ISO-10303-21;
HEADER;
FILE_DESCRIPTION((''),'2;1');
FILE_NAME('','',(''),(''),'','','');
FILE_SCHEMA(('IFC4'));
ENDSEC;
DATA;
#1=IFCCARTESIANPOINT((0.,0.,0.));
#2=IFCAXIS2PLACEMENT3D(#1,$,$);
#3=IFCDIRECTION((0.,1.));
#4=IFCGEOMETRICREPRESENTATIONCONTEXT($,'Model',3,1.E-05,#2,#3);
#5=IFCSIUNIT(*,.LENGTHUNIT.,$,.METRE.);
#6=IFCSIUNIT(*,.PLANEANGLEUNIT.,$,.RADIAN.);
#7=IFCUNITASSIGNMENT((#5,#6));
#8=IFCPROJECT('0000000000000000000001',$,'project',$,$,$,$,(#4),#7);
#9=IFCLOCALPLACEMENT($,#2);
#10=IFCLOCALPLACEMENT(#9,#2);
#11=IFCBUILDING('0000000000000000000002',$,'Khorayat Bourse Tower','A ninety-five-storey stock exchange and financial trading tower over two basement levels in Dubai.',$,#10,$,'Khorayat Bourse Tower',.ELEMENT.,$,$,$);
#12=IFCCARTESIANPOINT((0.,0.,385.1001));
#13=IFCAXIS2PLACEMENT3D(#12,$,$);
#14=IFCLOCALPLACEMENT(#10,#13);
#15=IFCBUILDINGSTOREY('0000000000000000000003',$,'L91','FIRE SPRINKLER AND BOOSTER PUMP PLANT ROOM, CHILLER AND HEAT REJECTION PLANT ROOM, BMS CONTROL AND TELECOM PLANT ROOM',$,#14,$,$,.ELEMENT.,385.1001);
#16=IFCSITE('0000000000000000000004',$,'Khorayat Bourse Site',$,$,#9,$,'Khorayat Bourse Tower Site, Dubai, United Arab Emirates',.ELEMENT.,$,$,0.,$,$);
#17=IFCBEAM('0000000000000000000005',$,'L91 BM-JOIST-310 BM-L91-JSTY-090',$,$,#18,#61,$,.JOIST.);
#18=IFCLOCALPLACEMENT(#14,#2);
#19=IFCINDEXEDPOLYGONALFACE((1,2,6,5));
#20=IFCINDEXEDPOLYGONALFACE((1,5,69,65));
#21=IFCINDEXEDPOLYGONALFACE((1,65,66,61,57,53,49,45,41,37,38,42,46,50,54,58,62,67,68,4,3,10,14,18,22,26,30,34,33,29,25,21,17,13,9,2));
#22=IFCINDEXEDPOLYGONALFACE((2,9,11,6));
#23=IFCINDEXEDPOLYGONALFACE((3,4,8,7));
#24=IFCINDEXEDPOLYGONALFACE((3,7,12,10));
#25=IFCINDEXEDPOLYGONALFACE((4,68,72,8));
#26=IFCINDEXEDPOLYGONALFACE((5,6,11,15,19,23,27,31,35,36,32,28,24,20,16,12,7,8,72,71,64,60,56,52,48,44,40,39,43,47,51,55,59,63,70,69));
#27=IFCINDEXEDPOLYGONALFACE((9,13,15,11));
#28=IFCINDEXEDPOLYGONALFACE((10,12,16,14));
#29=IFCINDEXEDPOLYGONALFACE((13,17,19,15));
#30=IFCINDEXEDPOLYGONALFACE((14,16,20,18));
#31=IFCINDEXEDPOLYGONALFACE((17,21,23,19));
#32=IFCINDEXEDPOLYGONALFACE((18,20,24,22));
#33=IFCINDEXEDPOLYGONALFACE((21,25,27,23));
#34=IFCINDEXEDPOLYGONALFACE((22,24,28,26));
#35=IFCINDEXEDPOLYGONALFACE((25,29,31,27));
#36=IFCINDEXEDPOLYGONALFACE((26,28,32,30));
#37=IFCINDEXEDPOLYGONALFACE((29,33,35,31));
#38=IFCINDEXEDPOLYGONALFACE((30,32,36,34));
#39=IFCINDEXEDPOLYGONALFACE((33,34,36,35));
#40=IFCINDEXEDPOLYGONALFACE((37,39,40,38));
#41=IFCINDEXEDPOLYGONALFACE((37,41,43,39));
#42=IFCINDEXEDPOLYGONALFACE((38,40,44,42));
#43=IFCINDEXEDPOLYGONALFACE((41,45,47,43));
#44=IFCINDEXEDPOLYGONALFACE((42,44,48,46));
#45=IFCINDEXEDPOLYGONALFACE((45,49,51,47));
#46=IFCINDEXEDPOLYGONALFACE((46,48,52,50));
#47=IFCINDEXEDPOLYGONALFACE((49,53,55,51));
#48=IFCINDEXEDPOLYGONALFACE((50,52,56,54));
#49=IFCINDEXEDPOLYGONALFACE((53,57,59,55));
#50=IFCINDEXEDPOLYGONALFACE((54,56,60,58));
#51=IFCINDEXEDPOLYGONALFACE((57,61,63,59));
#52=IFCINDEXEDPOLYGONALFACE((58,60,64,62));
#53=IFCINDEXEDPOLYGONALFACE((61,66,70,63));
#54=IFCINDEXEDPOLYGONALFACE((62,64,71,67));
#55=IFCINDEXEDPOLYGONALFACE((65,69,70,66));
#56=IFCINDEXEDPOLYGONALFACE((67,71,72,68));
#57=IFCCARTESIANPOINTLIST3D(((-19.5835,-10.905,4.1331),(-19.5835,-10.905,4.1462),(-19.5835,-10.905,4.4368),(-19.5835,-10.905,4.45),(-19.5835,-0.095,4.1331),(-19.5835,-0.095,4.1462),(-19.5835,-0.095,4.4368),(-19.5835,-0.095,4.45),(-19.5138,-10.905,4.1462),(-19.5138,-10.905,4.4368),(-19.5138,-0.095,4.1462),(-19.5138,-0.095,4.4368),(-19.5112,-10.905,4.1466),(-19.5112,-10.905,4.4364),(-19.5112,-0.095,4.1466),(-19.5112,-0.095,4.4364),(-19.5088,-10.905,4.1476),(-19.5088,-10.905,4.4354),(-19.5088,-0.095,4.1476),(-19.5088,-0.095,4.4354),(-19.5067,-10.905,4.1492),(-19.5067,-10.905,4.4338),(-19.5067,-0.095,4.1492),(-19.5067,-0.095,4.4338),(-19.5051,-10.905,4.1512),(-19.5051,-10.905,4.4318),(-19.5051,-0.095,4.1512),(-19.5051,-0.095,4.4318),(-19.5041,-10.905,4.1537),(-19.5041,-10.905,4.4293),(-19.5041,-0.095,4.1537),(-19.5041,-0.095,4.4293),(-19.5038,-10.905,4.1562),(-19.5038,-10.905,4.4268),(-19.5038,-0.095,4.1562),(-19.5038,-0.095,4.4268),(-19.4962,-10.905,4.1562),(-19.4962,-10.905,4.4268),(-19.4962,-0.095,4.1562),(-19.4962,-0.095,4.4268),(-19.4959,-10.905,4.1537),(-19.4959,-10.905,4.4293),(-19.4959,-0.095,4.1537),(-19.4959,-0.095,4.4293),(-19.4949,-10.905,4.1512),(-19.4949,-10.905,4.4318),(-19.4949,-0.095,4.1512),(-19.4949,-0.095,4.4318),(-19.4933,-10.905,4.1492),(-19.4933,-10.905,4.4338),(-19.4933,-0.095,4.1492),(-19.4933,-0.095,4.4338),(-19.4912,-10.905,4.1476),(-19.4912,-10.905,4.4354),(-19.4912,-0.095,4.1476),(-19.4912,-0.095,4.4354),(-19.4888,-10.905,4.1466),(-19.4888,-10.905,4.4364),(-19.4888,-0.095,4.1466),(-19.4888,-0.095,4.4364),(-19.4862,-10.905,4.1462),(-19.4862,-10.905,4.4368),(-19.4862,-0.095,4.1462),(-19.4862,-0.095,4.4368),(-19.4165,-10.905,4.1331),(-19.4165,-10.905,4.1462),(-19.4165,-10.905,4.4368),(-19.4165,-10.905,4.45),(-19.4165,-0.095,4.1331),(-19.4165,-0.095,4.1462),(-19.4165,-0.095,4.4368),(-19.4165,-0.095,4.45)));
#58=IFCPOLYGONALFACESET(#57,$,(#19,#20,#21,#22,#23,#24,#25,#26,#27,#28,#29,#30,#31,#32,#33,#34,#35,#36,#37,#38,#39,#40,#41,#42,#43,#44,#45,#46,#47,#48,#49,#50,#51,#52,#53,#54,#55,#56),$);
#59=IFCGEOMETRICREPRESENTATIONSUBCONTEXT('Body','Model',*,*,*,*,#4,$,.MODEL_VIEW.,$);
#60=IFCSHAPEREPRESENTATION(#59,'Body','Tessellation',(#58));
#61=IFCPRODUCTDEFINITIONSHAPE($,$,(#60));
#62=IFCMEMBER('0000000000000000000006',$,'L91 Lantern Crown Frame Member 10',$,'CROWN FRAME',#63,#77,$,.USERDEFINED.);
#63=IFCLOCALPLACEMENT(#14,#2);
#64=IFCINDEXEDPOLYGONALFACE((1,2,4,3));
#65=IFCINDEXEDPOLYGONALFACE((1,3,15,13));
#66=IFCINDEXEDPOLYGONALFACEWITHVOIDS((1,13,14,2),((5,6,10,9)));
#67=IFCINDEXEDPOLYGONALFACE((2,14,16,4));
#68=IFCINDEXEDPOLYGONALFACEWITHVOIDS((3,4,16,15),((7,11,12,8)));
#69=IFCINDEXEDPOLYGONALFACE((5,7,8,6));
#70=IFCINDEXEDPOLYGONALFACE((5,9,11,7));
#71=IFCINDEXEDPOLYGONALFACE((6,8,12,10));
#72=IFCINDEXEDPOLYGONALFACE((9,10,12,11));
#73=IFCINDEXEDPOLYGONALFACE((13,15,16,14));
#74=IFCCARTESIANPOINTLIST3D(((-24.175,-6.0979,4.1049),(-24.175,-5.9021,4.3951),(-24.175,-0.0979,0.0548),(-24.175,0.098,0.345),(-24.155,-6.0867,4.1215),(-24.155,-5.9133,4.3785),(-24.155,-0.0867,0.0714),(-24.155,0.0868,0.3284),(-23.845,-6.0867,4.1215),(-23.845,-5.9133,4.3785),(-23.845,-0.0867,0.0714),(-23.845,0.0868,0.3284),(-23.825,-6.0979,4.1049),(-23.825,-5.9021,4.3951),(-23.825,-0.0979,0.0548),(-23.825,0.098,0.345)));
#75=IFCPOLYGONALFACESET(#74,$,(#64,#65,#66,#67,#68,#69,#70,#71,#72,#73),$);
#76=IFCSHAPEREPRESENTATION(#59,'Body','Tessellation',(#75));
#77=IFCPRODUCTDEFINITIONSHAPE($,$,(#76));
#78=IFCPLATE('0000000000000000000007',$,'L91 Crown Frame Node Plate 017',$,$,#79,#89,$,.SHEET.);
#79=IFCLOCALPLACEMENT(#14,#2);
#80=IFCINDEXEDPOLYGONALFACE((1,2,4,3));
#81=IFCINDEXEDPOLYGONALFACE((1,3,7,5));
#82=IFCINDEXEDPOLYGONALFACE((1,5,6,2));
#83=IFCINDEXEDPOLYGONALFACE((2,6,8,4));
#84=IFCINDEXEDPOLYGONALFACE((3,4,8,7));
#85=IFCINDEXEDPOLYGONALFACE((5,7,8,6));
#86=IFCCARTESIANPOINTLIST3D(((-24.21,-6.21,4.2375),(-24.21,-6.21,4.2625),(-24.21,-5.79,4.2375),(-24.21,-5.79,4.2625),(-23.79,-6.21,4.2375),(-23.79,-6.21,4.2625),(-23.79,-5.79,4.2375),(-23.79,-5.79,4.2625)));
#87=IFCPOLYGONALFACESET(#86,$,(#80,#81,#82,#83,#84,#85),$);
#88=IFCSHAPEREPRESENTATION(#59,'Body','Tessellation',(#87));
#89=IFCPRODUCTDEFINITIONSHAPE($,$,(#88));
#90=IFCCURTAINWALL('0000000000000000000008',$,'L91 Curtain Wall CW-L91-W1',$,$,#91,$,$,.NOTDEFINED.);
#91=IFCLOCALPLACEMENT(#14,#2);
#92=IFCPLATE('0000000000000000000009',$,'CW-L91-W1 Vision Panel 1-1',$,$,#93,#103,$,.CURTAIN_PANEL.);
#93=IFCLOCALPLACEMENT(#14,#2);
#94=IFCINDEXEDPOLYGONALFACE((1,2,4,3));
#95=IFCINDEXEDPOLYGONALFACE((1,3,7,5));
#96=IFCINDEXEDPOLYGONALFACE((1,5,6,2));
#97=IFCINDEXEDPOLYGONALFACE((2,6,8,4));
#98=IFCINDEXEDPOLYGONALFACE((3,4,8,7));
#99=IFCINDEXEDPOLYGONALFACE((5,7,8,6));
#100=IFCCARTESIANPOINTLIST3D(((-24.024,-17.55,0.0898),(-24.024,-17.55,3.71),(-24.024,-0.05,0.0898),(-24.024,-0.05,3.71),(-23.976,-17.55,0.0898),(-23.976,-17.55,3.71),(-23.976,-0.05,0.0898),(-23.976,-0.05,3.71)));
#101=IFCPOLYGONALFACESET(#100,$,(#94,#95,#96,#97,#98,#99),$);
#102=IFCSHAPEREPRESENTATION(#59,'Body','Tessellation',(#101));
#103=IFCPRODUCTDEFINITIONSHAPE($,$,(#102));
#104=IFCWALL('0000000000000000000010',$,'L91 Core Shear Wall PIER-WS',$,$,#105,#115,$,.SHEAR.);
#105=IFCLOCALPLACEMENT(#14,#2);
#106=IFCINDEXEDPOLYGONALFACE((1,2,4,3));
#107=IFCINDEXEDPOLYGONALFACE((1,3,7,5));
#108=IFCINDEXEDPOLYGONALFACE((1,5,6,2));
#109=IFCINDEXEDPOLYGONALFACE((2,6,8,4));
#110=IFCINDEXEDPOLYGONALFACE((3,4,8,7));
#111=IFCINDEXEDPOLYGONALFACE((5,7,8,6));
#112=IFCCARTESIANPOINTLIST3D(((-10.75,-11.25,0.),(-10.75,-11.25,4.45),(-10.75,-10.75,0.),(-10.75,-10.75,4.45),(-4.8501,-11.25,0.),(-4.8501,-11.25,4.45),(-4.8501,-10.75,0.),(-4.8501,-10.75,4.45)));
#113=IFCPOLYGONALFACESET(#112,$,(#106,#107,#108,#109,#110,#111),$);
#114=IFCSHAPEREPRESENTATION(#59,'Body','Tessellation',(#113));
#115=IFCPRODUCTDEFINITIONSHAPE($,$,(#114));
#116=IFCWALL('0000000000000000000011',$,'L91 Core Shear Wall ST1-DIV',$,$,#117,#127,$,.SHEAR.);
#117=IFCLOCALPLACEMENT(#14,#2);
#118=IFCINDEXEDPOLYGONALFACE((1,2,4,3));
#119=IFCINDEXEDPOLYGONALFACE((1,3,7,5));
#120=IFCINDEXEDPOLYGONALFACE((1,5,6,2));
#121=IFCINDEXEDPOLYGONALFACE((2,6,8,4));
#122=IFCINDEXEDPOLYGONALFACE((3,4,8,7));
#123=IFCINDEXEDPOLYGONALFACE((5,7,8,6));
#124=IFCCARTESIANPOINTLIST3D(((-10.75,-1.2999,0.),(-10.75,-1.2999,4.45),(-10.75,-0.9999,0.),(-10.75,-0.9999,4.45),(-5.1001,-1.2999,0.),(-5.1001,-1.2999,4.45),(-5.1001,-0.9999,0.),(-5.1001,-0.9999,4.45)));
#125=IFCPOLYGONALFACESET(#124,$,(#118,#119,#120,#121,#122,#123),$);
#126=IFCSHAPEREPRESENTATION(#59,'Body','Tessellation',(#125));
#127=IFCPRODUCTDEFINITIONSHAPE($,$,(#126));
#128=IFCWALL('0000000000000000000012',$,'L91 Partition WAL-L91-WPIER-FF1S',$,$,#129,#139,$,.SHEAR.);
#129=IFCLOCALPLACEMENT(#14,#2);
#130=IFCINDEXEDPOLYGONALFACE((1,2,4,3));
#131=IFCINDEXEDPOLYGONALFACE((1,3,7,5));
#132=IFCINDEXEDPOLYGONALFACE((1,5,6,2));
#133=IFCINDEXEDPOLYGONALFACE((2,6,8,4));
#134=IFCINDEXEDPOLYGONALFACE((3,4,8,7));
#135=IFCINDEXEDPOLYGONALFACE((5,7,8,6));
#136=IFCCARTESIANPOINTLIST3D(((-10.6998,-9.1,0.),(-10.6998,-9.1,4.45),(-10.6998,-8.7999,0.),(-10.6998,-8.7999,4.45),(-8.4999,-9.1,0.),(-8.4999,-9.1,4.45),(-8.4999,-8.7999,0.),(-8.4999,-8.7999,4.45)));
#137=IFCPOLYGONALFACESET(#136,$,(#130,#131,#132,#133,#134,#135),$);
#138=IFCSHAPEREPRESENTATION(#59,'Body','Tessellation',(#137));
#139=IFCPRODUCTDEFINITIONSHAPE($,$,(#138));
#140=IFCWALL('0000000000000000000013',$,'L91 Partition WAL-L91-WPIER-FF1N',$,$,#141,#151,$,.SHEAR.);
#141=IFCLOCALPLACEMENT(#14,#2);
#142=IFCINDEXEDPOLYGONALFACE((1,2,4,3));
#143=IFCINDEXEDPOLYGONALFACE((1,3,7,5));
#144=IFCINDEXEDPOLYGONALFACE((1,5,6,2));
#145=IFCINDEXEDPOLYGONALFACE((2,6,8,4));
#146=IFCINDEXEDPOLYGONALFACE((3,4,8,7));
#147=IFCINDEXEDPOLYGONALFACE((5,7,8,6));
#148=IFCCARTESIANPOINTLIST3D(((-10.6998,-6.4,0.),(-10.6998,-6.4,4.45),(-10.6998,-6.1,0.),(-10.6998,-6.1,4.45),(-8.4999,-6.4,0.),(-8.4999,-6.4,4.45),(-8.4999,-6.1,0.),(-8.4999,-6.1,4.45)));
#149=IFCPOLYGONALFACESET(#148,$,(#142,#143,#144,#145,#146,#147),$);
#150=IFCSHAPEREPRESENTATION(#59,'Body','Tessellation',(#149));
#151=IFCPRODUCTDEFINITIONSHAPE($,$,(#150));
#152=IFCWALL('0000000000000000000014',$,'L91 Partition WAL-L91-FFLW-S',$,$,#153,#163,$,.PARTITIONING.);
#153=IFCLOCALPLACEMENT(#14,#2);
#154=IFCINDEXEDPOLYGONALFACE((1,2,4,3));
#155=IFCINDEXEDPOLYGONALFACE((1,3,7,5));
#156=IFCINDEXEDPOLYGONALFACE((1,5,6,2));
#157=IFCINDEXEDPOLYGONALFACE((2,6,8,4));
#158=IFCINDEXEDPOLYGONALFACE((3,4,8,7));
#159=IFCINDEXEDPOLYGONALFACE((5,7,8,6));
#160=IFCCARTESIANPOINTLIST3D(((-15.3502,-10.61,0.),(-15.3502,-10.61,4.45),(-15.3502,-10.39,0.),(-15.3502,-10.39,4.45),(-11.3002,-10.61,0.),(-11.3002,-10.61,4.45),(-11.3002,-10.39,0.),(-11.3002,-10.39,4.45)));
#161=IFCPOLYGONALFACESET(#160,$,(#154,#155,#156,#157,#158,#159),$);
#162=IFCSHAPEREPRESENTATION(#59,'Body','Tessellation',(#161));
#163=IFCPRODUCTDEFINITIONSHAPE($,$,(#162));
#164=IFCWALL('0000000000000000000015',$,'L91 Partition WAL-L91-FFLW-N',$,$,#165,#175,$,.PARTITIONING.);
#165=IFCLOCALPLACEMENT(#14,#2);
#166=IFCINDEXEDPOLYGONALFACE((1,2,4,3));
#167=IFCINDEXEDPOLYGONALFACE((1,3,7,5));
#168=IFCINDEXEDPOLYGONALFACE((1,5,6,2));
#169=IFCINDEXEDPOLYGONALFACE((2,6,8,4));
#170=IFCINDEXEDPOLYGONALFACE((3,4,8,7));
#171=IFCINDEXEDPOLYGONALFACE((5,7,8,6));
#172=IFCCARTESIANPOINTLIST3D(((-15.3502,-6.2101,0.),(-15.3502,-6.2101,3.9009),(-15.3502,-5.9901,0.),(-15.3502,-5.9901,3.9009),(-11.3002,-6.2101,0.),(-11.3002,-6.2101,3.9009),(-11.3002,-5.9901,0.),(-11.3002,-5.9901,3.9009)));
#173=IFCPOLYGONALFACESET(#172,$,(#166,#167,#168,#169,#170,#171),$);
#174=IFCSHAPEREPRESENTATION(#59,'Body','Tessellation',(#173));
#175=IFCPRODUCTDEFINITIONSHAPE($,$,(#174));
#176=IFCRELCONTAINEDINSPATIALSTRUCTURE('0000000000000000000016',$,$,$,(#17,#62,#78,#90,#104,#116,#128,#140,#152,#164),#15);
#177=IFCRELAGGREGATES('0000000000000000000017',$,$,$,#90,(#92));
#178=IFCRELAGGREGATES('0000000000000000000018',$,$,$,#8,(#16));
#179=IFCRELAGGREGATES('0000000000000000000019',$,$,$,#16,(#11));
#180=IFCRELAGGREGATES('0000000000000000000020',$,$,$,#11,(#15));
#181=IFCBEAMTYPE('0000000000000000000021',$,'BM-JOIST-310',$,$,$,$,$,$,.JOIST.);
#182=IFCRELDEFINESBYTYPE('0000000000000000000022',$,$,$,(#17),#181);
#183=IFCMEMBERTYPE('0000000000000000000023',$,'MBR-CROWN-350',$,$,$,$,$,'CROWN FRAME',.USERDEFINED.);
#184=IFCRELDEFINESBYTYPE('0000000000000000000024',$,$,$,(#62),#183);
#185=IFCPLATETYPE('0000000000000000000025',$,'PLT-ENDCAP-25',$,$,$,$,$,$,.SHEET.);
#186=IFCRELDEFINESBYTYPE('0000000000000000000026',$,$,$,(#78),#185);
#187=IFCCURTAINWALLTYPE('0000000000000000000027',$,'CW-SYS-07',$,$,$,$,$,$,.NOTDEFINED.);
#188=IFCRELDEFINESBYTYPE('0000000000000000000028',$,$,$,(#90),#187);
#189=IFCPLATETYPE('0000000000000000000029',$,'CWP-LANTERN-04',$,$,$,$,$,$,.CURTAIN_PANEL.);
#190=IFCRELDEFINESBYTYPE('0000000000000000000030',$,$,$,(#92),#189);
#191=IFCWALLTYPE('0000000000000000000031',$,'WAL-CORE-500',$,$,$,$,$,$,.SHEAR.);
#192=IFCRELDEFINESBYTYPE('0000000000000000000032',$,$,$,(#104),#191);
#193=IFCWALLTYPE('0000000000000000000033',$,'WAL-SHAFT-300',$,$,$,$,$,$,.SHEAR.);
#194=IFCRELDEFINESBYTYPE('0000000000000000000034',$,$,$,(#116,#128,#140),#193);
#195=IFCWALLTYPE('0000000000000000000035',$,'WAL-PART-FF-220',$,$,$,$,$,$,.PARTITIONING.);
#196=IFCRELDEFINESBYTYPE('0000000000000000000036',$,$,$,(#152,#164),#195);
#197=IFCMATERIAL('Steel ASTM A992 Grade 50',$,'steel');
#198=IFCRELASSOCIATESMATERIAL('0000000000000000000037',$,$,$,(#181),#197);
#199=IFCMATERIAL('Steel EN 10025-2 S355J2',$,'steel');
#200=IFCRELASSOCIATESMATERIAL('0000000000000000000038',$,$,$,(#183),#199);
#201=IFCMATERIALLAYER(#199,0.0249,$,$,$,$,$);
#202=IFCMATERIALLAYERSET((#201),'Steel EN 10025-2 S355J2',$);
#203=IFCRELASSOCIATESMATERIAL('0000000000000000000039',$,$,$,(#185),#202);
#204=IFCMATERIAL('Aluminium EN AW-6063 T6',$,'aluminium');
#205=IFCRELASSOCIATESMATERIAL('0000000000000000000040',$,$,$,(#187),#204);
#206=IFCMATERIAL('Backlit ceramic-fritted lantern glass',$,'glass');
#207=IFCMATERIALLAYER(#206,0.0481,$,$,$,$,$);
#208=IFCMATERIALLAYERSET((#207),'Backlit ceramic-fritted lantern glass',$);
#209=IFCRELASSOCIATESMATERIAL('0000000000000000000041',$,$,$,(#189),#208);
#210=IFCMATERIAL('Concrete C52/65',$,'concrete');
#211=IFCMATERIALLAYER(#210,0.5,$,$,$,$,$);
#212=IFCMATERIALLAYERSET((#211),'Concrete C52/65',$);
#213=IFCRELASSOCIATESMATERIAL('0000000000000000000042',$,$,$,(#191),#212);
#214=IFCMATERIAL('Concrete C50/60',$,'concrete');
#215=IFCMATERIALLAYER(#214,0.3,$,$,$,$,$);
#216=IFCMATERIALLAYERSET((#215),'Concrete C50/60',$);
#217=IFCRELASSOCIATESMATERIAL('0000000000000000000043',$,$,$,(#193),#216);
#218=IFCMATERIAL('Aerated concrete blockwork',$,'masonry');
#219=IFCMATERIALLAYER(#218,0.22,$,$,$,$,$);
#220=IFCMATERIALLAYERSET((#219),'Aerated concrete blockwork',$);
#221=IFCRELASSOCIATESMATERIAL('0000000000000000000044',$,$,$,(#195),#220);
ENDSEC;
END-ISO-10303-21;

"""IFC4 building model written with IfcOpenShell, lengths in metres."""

from ifc_helpers import new_model, si_unit, direction, frame, frame_2d, origin, origin_2d, place, context, subcontext, project, spatial, rectangle, hollow_rectangle, i_section, extrude, source, transform, mapped, material, layer, layer_set, material_profile, profile_set, type_object, element, aggregate, save


model = new_model("IFC4")

# Units and contexts
model_context = context("Model", 3, precision=1e-05, world=origin(), true_north=direction((0.0, 1.0)))
body_context = subcontext(model_context, "Body", "Model", "MODEL_VIEW")
ifc_project = project(units=[si_unit("LENGTHUNIT", "METRE"), si_unit("PLANEANGLEUNIT", "RADIAN")], contexts=[model_context])

# Site, building, storey
site_placement = place(None, origin())
site = spatial("IfcSite", under=ifc_project, at=site_placement, Name="Khorayat Bourse Site", LongName="Khorayat Bourse Tower Site, Dubai, United Arab Emirates", CompositionType="ELEMENT", RefElevation=0.0)
building_placement = place(site_placement, origin())
building = spatial("IfcBuilding", under=site, at=building_placement, Name="Khorayat Bourse Tower", Description="A ninety-five-storey stock exchange and financial trading tower over two basement levels in Dubai.", LongName="Khorayat Bourse Tower", CompositionType="ELEMENT")
storey_placement = place(building_placement, frame((0.0, 0.0, 385.1001)))
storey = spatial("IfcBuildingStorey", under=building, at=storey_placement, Name="L91", Description="FIRE SPRINKLER AND BOOSTER PUMP PLANT ROOM, CHILLER AND HEAT REJECTION PLANT ROOM, BMS CONTROL AND TELECOM PLANT ROOM", CompositionType="ELEMENT", Elevation=385.1001)

# Shared definitions
ifc_material_1 = material(Name="Steel EN 10025-2 S355J2", Category="steel")
ifc_material_2 = material(Name="Concrete C52/65", Category="concrete")

# Beam
ifc_material_3 = material(Name="Steel ASTM A992 Grade 50", Category="steel")
ifc_material_profile_1 = material_profile(ifc_material_3, i_section(OverallWidth=0.167, OverallDepth=0.3169, WebThickness=0.0076, FlangeThickness=0.0132, FilletRadius=0.01, at=origin_2d()), Name="W310X52")
ifc_profile_set_1 = profile_set([ifc_material_profile_1], Name="Steel ASTM A992 Grade 50")
beam_type_1 = type_object("IfcBeamType", Name="BM-JOIST-310", PredefinedType="JOIST", material=ifc_profile_set_1)
shared_shape_1 = source(origin(), body_context, "Body", "SweptSolid", [
    extrude(i_section(OverallWidth=0.167, OverallDepth=0.3169, WebThickness=0.0076, FlangeThickness=0.0132, FilletRadius=0.01, at=origin_2d()), origin(), (0.0, 0.0, 1.0), 10.8101),
])
beam_1_placement = place(storey_placement, frame((-19.5, -10.905, 4.2915), z_axis=(0.0, 1.0, 0.0), x_axis=(-1.0, 0.0, 0.0)))
element("IfcBeam", 1, at=beam_1_placement, inside=storey, type_object=beam_type_1, Name="L91 BM-JOIST-310 BM-L91-JSTY-090", PredefinedType="JOIST", context=body_context, shape_type="MappedRepresentation", body=[
    mapped(shared_shape_1, transform((0.0, 0.0, 0.0), scale=1.0)),
])

# Member
ifc_material_profile_2 = material_profile(ifc_material_1, hollow_rectangle(XDim=0.3501, YDim=0.3501, WallThickness=0.02, at=origin_2d()), Name="HSS 350x350x20")
ifc_profile_set_2 = profile_set([ifc_material_profile_2], Name="Steel EN 10025-2 S355J2")
member_type = type_object("IfcMemberType", Name="MBR-CROWN-350", ElementType="CROWN FRAME", PredefinedType="USERDEFINED", material=ifc_profile_set_2)
shared_shape_2 = source(origin(), body_context, "Body", "SweptSolid", [
    extrude(hollow_rectangle(XDim=0.3501, YDim=0.3501, WallThickness=0.02, at=origin_2d()), origin(), (0.0, 0.0, 1.0), 7.239),
])
member_placement = place(storey_placement, frame((-24.0, -6.0, 4.25), z_axis=(0.0, 0.828846, -0.559477), x_axis=(-1.0, 0.0, 0.0)))
element("IfcMember", 2, at=member_placement, inside=storey, type_object=member_type, Name="L91 Lantern Crown Frame Member 10", ObjectType="CROWN FRAME", PredefinedType="USERDEFINED", context=body_context, shape_type="MappedRepresentation", body=[
    mapped(shared_shape_2, transform((0.0, 0.0, 0.0), scale=1.0)),
])

# Plate
ifc_layer_1 = layer(ifc_material_1, 0.0249)
ifc_layer_set_1 = layer_set([ifc_layer_1], Name="Steel EN 10025-2 S355J2")
plate_type_1 = type_object("IfcPlateType", Name="PLT-ENDCAP-25", PredefinedType="SHEET", material=ifc_layer_set_1)
shared_shape_3 = source(origin(), body_context, "Body", "SweptSolid", [
    extrude(rectangle(XDim=0.4199, YDim=0.4199, at=origin_2d()), origin(), (0.0, 0.0, 1.0), 0.0249),
])
plate_1_placement = place(storey_placement, frame((-24.0, -6.0, 4.2375), z_axis=(0.0, 0.0, 1.0), x_axis=(1.0, 0.0, 0.0)))
element("IfcPlate", 3, at=plate_1_placement, inside=storey, type_object=plate_type_1, Name="L91 Crown Frame Node Plate 017", PredefinedType="SHEET", context=body_context, shape_type="MappedRepresentation", body=[
    mapped(shared_shape_3, transform((0.0, 0.0, 0.0), scale=1.0)),
])

# Curtain wall, plate
ifc_material_4 = material(Name="Aluminium EN AW-6063 T6", Category="aluminium")
curtain_wall_type = type_object("IfcCurtainWallType", Name="CW-SYS-07", PredefinedType="NOTDEFINED", material=ifc_material_4)
curtain_wall_placement = place(storey_placement, origin())
curtain_wall = element("IfcCurtainWall", 4, at=curtain_wall_placement, inside=storey, type_object=curtain_wall_type, Name="L91 Curtain Wall CW-L91-W1", PredefinedType="NOTDEFINED")
ifc_material_5 = material(Name="Backlit ceramic-fritted lantern glass", Category="glass")
ifc_layer_2 = layer(ifc_material_5, 0.0481)
ifc_layer_set_2 = layer_set([ifc_layer_2], Name="Backlit ceramic-fritted lantern glass")
plate_type_2 = type_object("IfcPlateType", Name="CWP-LANTERN-04", PredefinedType="CURTAIN_PANEL", material=ifc_layer_set_2)
shared_shape_4 = source(origin(), body_context, "Body", "SweptSolid", [
    extrude(rectangle(XDim=17.5, YDim=0.0481, at=origin_2d()), origin(), (0.0, 0.0, 1.0), 3.6201),
])
plate_2_placement = place(storey_placement, frame((-24.0, -8.8, 0.0898), z_axis=(0.0, 0.0, 1.0), x_axis=(0.0, 1.0, 0.0)))
plate_2 = element("IfcPlate", 5, at=plate_2_placement, type_object=plate_type_2, Name="CW-L91-W1 Vision Panel 1-1", PredefinedType="CURTAIN_PANEL", context=body_context, shape_type="MappedRepresentation", body=[
    mapped(shared_shape_4, transform((0.0, 0.0, 0.0), scale=1.0)),
])
aggregate(curtain_wall, [plate_2])

# Walls
ifc_layer_3 = layer(ifc_material_2, 0.5)
ifc_layer_set_3 = layer_set([ifc_layer_3], Name="Concrete C52/65")
wall_type_1 = type_object("IfcWallType", Name="WAL-CORE-500", PredefinedType="SHEAR", material=ifc_layer_set_3)
shared_shape_5 = source(origin(), body_context, "Body", "SweptSolid", [
    extrude(rectangle(XDim=5.8999, YDim=0.5, at=frame_2d((2.95, 0.0))), origin(), (0.0, 0.0, 1.0), 4.45),
])
wall_1_placement = place(storey_placement, frame((-10.75, -11.0, 0.0), z_axis=(0.0, 0.0, 1.0), x_axis=(1.0, 0.0, 0.0)))
element("IfcWall", 6, at=wall_1_placement, inside=storey, type_object=wall_type_1, Name="L91 Core Shear Wall PIER-WS", PredefinedType="SHEAR", context=body_context, shape_type="MappedRepresentation", body=[
    mapped(shared_shape_5, transform((0.0, 0.0, 0.0), scale=1.0)),
])
ifc_material_6 = material(Name="Concrete C50/60", Category="concrete")
ifc_layer_4 = layer(ifc_material_6, 0.3)
ifc_layer_set_4 = layer_set([ifc_layer_4], Name="Concrete C50/60")
wall_type_2 = type_object("IfcWallType", Name="WAL-SHAFT-300", PredefinedType="SHEAR", material=ifc_layer_set_4)
shared_shape_6 = source(origin(), body_context, "Body", "SweptSolid", [
    extrude(rectangle(XDim=5.6499, YDim=0.3, at=frame_2d((2.825, 0.0))), origin(), (0.0, 0.0, 1.0), 4.45),
])
wall_2_placement = place(storey_placement, frame((-10.75, -1.1499, 0.0), z_axis=(0.0, 0.0, 1.0), x_axis=(1.0, 0.0, 0.0)))
element("IfcWall", 7, at=wall_2_placement, inside=storey, type_object=wall_type_2, Name="L91 Core Shear Wall ST1-DIV", PredefinedType="SHEAR", context=body_context, shape_type="MappedRepresentation", body=[
    mapped(shared_shape_6, transform((0.0, 0.0, 0.0), scale=1.0)),
])
shared_shape_7 = source(origin(), body_context, "Body", "SweptSolid", [
    extrude(rectangle(XDim=2.2, YDim=0.3, at=frame_2d((1.1001, 0.0))), origin(), (0.0, 0.0, 1.0), 4.45),
])
for number, where, z_axis, x_axis, name in (
    (8, (-10.7, -8.95, 0.0), (0.0, 0.0, 1.0), (1.0, 0.0, 0.0), "L91 Partition WAL-L91-WPIER-FF1S"),
    (9, (-10.7, -6.25, 0.0), (0.0, 0.0, 1.0), (1.0, 0.0, 0.0), "L91 Partition WAL-L91-WPIER-FF1N"),
):
    element("IfcWall", number, at=place(storey_placement, frame(where, z_axis=z_axis, x_axis=x_axis)), inside=storey, type_object=wall_type_2, Name=name, PredefinedType="SHEAR", context=body_context, shape_type="MappedRepresentation", body=[
        mapped(shared_shape_7, transform((0.0, 0.0, 0.0), scale=1.0)),
    ])
ifc_material_7 = material(Name="Aerated concrete blockwork", Category="masonry")
ifc_layer_5 = layer(ifc_material_7, 0.22)
ifc_layer_set_5 = layer_set([ifc_layer_5], Name="Aerated concrete blockwork")
wall_type_3 = type_object("IfcWallType", Name="WAL-PART-FF-220", PredefinedType="PARTITIONING", material=ifc_layer_set_5)
shared_shape_8 = source(origin(), body_context, "Body", "SweptSolid", [
    extrude(rectangle(XDim=4.05, YDim=0.22, at=frame_2d((2.0249, 0.0))), origin(), (0.0, 0.0, 1.0), 4.45),
])
wall_3_placement = place(storey_placement, frame((-15.3501, -10.5, 0.0), z_axis=(0.0, 0.0, 1.0), x_axis=(1.0, 0.0, 0.0)))
element("IfcWall", 10, at=wall_3_placement, inside=storey, type_object=wall_type_3, Name="L91 Partition WAL-L91-FFLW-S", PredefinedType="PARTITIONING", context=body_context, shape_type="MappedRepresentation", body=[
    mapped(shared_shape_8, transform((0.0, 0.0, 0.0), scale=1.0)),
])
shared_shape_9 = source(origin(), body_context, "Body", "SweptSolid", [
    extrude(rectangle(XDim=4.05, YDim=0.22, at=frame_2d((2.0249, 0.0))), origin(), (0.0, 0.0, 1.0), 3.9009),
])
wall_4_placement = place(storey_placement, frame((-15.3501, -6.1001, 0.0), z_axis=(0.0, 0.0, 1.0), x_axis=(1.0, 0.0, 0.0)))
element("IfcWall", 11, at=wall_4_placement, inside=storey, type_object=wall_type_3, Name="L91 Partition WAL-L91-FFLW-N", PredefinedType="PARTITIONING", context=body_context, shape_type="MappedRepresentation", body=[
    mapped(shared_shape_9, transform((0.0, 0.0, 0.0), scale=1.0)),
])

save(model, "model.ifc")
